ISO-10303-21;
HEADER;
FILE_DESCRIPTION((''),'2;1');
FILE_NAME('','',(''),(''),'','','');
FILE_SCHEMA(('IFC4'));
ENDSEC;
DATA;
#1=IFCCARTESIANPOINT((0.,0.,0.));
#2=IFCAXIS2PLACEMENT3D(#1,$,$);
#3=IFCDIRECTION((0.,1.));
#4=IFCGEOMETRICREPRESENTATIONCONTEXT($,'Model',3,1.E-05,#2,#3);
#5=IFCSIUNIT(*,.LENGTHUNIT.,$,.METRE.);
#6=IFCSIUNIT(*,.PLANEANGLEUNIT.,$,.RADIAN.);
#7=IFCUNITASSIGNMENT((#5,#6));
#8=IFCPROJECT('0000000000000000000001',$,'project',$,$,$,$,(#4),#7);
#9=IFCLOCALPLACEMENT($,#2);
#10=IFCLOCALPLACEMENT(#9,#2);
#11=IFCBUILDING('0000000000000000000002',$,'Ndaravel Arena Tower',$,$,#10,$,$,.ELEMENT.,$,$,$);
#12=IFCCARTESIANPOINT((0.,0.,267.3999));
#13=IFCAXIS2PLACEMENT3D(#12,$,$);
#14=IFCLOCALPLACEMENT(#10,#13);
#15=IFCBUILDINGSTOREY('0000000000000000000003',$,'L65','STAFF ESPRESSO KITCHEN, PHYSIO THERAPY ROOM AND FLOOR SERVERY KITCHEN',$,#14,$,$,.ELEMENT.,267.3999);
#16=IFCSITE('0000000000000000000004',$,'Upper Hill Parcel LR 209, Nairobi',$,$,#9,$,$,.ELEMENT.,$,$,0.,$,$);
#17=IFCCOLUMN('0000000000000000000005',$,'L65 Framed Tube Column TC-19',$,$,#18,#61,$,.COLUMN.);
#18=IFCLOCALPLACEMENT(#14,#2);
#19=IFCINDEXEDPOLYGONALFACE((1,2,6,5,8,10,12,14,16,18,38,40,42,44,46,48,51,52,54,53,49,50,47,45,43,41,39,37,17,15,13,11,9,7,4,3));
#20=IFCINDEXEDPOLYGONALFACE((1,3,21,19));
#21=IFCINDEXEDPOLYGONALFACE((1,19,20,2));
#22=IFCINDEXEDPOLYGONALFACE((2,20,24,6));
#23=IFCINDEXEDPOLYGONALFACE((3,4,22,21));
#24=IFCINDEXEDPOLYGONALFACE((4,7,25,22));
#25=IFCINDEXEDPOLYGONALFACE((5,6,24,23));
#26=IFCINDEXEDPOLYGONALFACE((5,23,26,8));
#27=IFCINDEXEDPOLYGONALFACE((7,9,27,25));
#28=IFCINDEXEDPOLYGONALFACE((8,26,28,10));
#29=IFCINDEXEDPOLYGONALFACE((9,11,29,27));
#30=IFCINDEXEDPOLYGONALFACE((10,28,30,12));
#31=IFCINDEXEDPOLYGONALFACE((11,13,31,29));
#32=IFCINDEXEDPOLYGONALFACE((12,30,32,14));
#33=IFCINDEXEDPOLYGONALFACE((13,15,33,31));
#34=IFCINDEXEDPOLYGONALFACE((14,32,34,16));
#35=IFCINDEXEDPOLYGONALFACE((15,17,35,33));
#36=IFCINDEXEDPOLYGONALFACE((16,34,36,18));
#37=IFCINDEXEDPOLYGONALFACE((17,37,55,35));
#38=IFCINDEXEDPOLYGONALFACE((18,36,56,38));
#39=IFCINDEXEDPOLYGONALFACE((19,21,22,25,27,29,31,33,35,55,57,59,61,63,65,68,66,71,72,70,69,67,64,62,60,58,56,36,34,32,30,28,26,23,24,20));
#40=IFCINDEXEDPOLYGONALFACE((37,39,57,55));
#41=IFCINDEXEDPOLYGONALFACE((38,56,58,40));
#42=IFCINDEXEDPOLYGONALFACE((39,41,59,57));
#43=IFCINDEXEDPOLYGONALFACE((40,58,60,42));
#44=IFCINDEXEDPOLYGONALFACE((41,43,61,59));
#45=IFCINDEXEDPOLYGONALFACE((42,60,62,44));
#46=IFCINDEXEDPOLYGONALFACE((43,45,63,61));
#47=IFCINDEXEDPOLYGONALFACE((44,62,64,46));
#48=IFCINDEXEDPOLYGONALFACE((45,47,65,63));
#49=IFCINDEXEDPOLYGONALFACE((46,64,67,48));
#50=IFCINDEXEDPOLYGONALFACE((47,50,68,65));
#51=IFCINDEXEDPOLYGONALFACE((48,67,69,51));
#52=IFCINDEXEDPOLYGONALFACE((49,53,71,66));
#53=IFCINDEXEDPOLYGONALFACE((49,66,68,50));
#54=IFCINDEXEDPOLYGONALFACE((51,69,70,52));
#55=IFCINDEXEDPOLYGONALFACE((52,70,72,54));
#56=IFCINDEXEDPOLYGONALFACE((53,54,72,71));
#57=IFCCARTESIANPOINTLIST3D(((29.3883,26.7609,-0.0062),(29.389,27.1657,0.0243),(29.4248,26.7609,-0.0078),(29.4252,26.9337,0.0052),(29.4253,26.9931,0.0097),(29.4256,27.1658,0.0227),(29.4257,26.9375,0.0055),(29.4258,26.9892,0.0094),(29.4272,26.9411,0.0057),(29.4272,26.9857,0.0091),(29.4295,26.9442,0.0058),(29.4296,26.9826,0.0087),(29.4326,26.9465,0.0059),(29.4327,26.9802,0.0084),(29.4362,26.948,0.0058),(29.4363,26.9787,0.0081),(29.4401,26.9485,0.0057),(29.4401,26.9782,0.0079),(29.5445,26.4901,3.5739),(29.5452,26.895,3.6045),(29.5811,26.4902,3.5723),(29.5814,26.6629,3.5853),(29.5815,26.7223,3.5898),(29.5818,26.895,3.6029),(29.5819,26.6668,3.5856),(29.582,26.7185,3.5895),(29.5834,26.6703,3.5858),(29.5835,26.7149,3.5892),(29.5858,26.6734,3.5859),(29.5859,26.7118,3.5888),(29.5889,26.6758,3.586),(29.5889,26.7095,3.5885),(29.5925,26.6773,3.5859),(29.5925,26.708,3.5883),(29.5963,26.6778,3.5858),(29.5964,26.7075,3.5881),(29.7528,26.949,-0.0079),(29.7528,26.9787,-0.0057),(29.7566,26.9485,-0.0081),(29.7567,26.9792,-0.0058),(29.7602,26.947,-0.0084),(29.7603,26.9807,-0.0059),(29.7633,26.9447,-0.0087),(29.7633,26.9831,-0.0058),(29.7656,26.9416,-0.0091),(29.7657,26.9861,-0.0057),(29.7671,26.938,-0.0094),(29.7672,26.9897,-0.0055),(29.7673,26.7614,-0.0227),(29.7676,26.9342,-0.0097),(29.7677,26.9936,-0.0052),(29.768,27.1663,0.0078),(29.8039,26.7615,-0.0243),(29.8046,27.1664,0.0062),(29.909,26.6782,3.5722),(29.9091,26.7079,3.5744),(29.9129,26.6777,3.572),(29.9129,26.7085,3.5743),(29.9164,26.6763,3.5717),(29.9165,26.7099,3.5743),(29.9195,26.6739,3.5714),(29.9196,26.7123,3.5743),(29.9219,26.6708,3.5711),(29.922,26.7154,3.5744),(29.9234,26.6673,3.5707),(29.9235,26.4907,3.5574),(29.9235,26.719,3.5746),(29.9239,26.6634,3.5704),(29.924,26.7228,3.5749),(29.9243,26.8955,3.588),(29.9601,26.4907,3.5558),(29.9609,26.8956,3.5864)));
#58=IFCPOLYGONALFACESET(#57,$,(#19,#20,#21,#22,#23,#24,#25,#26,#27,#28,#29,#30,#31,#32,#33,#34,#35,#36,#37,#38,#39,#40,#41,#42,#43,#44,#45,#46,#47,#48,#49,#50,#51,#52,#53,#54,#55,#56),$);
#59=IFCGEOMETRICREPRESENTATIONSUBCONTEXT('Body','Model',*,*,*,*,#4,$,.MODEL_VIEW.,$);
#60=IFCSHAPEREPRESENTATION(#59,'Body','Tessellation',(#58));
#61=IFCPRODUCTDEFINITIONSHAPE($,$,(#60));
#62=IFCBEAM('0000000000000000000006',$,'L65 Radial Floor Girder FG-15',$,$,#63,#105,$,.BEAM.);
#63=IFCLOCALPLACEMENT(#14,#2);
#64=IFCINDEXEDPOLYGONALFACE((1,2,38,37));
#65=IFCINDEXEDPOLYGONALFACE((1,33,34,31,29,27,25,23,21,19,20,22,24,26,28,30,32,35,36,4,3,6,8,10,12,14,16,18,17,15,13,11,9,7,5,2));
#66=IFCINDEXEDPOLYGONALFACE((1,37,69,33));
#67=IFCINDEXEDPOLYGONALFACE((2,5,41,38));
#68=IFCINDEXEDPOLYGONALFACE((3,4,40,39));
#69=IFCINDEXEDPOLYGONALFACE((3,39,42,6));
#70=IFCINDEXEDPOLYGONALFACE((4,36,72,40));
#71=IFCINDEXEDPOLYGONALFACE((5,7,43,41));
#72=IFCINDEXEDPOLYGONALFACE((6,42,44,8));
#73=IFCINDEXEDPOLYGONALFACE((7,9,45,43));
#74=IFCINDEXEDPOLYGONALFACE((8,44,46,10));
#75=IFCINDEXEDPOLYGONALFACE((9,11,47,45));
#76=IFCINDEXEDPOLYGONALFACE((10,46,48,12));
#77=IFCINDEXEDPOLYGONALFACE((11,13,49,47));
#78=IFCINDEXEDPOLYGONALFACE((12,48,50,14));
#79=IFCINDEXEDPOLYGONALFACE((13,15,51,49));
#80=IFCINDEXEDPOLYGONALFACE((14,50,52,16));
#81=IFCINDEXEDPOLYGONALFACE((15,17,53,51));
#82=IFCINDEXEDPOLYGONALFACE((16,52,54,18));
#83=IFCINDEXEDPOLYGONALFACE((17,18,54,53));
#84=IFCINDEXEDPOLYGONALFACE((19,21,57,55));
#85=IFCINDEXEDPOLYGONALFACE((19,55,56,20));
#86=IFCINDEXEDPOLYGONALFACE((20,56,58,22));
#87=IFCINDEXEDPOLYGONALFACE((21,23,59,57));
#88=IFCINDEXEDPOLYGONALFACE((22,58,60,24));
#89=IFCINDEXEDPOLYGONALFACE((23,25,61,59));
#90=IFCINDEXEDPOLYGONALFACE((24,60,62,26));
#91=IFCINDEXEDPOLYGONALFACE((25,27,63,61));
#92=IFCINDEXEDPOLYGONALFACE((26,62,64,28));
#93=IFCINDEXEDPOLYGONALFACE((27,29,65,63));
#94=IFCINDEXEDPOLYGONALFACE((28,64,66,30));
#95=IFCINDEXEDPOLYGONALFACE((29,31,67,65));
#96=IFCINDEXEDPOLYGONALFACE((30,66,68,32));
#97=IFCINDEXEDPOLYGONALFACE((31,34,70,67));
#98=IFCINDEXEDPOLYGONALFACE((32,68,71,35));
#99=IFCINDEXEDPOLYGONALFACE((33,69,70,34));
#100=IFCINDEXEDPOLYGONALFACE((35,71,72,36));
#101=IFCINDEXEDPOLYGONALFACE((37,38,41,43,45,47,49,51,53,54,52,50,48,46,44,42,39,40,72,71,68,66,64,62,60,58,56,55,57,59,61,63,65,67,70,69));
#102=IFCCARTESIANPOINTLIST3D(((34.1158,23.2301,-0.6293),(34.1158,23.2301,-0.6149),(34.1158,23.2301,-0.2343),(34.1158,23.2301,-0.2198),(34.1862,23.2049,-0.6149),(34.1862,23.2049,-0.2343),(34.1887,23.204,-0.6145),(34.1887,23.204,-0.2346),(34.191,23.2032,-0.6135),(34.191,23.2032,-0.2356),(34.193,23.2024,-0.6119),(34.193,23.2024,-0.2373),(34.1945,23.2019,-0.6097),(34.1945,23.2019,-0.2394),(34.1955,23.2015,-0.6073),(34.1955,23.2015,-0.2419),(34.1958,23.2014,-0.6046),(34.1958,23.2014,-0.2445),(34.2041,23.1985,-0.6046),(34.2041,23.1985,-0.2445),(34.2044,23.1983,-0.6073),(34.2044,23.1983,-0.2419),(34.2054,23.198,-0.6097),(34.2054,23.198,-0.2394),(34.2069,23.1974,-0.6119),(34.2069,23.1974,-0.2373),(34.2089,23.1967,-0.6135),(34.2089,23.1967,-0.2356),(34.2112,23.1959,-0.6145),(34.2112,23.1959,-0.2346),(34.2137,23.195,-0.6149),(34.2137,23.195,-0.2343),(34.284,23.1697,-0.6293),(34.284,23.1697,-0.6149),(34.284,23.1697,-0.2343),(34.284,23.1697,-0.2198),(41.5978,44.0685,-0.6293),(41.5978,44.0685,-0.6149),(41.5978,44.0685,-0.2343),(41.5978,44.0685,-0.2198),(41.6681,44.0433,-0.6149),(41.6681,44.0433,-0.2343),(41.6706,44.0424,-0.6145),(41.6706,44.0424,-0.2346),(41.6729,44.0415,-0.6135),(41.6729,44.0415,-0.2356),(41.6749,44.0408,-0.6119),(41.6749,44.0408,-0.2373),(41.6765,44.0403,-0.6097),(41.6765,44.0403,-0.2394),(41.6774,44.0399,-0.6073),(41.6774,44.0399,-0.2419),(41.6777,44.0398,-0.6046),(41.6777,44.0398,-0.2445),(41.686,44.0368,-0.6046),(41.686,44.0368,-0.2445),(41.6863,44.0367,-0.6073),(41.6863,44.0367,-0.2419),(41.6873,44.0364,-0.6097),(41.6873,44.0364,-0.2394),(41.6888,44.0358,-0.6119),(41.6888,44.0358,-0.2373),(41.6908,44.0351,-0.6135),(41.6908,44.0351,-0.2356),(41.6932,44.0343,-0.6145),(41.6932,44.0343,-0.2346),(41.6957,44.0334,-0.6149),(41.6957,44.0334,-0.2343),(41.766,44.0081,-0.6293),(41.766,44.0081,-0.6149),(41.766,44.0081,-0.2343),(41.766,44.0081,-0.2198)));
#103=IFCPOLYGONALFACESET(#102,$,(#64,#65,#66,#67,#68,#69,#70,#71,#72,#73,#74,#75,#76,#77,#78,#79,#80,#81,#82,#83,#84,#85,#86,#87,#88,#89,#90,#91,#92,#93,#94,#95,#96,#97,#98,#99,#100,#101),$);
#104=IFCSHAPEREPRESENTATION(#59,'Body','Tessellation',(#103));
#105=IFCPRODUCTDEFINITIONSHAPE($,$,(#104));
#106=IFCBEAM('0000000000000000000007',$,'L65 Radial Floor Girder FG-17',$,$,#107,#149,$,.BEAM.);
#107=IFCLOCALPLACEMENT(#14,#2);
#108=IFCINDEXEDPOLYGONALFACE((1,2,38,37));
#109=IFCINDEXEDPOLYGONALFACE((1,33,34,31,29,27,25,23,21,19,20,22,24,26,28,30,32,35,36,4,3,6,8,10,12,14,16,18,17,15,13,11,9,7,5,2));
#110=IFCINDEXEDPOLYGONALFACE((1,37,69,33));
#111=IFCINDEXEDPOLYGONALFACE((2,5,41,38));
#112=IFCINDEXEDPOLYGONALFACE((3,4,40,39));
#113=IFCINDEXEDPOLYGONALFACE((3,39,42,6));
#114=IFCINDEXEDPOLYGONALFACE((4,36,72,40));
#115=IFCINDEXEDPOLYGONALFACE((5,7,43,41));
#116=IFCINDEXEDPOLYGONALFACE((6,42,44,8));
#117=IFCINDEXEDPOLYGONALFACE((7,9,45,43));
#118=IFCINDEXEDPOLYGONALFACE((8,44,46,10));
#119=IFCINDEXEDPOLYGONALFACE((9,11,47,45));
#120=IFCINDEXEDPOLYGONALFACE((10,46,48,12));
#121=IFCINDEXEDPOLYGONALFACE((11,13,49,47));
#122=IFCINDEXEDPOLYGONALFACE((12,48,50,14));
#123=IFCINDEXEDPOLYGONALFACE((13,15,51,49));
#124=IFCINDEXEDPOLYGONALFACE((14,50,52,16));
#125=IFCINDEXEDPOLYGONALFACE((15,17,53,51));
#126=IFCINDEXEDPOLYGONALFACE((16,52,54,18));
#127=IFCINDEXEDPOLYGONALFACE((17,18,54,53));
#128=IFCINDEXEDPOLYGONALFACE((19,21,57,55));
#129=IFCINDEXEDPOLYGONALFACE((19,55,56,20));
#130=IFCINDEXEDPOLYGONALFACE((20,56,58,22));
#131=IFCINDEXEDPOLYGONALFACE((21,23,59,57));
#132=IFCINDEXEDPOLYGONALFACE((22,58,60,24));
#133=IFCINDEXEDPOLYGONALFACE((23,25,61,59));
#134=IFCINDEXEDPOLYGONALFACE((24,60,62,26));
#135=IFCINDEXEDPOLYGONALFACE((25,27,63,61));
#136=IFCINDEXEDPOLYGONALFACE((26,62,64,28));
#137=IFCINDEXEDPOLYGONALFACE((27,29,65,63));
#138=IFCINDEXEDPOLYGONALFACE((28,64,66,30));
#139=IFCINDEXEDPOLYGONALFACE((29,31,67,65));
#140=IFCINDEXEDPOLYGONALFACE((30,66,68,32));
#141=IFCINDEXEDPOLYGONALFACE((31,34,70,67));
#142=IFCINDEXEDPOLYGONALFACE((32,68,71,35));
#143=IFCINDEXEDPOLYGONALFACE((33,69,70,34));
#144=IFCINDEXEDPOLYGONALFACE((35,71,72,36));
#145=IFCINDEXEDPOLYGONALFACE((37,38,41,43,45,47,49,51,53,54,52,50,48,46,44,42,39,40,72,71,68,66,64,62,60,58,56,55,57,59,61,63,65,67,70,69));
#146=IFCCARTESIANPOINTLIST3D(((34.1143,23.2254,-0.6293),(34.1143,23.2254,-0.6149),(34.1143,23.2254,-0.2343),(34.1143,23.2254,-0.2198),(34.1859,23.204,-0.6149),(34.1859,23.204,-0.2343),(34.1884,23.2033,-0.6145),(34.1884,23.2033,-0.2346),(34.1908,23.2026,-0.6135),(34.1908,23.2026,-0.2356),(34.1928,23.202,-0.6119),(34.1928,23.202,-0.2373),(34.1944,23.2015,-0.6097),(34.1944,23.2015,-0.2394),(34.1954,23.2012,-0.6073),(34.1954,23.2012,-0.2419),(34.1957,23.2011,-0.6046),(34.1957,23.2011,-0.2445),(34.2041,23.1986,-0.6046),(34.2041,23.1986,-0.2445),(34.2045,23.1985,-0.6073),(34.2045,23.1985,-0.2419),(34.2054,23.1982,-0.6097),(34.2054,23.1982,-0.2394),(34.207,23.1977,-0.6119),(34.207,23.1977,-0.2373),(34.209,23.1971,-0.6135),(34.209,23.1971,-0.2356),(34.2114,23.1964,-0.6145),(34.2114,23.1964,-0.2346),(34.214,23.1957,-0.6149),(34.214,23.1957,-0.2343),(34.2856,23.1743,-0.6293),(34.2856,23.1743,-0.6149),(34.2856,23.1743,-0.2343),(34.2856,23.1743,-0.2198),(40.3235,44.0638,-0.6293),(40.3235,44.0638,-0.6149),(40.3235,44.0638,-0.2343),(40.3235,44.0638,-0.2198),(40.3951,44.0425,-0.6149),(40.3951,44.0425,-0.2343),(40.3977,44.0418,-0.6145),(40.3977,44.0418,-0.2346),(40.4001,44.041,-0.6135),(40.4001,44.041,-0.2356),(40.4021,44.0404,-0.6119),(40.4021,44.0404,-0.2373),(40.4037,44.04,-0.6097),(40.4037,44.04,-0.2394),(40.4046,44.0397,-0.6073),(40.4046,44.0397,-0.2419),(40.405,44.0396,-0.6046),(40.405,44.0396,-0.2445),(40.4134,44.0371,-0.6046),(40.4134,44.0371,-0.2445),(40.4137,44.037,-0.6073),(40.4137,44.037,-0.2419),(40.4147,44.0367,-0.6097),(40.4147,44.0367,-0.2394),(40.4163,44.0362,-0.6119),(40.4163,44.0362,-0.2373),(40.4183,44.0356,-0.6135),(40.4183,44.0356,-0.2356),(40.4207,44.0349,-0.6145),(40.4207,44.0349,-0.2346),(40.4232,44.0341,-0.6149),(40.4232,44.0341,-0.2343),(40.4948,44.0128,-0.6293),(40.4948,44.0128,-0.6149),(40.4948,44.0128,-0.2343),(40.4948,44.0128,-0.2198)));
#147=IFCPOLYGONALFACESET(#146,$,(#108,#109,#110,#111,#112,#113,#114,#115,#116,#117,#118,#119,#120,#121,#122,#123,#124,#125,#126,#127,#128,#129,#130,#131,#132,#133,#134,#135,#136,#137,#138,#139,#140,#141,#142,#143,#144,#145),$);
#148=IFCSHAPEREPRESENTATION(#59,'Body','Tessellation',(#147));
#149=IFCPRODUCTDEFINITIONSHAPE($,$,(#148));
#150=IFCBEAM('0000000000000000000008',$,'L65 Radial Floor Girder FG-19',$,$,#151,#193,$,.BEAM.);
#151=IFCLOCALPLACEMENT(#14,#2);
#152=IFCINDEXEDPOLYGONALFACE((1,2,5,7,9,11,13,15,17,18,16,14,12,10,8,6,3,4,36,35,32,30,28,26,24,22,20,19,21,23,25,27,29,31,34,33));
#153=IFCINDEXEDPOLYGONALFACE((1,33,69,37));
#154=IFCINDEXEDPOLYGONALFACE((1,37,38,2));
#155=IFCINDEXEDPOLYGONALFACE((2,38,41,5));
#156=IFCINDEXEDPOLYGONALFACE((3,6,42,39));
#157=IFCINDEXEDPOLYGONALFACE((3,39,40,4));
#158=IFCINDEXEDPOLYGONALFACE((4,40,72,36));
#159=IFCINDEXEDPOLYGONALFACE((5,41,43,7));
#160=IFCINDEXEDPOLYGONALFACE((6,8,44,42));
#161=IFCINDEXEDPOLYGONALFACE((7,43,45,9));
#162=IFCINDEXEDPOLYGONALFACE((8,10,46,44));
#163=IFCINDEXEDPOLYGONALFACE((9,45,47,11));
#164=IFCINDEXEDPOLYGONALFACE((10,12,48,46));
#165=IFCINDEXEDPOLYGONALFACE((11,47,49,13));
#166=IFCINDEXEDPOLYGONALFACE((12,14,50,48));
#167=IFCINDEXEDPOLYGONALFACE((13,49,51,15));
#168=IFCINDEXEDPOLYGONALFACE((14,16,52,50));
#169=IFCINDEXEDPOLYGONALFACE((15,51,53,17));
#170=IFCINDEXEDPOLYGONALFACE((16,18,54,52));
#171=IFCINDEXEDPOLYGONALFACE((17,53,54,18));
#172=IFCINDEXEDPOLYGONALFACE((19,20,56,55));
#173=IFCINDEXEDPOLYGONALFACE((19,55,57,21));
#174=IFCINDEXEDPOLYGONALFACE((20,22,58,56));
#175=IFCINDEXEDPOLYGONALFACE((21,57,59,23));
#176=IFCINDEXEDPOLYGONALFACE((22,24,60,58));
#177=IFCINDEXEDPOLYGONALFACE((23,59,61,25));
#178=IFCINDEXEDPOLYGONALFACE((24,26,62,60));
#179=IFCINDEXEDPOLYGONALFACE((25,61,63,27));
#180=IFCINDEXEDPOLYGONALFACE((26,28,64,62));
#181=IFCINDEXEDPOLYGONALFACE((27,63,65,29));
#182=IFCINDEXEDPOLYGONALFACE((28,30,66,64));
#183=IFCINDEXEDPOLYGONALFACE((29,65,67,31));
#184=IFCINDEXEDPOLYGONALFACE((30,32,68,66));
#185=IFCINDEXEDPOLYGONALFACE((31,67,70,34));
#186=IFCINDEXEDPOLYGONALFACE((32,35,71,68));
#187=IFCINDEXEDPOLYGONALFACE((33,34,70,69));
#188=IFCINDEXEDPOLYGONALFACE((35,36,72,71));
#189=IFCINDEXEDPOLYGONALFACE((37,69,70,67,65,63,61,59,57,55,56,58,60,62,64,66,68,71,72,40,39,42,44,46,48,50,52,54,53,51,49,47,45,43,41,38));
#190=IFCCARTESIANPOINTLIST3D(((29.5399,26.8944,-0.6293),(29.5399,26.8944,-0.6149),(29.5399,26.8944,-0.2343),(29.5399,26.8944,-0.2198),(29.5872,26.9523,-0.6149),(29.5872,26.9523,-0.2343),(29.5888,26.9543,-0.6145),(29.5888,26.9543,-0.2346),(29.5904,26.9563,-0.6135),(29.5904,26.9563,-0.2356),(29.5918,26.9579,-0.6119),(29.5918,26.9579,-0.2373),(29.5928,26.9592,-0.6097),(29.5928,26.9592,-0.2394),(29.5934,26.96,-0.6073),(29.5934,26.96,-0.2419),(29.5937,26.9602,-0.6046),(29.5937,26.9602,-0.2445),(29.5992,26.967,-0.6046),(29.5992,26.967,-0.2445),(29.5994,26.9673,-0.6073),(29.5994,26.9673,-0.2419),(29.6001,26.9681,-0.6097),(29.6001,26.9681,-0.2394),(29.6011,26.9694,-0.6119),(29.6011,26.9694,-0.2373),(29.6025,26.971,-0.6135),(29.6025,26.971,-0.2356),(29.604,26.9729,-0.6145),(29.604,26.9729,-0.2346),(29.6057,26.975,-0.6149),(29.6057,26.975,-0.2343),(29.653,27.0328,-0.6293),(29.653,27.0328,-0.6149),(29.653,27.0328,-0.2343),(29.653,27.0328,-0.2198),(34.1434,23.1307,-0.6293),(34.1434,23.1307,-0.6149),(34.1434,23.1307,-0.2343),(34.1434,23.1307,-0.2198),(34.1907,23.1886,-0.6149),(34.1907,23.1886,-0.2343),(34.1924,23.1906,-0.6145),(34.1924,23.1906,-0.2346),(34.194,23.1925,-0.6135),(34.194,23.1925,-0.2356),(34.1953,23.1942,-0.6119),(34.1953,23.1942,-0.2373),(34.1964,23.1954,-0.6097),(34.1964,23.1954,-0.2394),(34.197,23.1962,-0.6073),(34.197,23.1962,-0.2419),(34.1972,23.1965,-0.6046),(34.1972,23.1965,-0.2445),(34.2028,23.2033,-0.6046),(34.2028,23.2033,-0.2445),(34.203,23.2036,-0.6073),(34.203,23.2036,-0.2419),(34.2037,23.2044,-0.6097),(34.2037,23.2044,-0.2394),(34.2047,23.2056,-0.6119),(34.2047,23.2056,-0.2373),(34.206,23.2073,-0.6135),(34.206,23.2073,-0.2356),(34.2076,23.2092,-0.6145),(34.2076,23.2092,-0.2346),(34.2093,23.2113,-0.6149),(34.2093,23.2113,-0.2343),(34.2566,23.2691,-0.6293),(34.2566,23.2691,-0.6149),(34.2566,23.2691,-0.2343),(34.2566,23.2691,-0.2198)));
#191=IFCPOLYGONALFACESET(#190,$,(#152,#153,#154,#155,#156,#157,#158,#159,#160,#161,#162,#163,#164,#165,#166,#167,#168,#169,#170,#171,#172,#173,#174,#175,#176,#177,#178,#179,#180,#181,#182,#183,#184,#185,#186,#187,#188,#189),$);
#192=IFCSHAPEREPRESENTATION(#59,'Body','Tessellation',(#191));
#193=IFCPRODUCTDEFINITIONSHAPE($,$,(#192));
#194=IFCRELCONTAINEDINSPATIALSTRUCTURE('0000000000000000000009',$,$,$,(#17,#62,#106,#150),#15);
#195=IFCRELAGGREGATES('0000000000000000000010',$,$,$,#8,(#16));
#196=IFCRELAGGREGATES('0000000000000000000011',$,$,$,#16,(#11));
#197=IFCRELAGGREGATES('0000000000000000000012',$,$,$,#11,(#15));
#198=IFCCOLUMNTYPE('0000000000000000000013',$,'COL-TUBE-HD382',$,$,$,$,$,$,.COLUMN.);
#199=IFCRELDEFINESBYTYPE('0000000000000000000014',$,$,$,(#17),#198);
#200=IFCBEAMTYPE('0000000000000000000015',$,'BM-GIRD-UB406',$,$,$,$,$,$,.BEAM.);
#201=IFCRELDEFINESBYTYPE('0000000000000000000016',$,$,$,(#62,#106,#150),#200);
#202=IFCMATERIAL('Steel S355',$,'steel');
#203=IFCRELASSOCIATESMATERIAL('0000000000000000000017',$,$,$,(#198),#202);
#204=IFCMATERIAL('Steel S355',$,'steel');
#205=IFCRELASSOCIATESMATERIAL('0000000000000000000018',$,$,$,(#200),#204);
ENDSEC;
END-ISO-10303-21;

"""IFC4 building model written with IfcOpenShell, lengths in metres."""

from ifc_helpers import new_model, si_unit, direction, frame, origin, origin_2d, place, context, subcontext, project, spatial, i_section, extrude, material, material_profile, profile_set, type_object, element, save


model = new_model("IFC4")

# Units and contexts
model_context = context("Model", 3, precision=1e-05, world=origin(), true_north=direction((0.0, 1.0)))
body_context = subcontext(model_context, "Body", "Model", "MODEL_VIEW")
ifc_project = project(units=[si_unit("LENGTHUNIT", "METRE"), si_unit("PLANEANGLEUNIT", "RADIAN")], contexts=[model_context])

# Site, building, storey
site_placement = place(None, origin())
site = spatial("IfcSite", under=ifc_project, at=site_placement, Name="Upper Hill Parcel LR 209, Nairobi", CompositionType="ELEMENT", RefElevation=0.0)
building_placement = place(site_placement, origin())
building = spatial("IfcBuilding", under=site, at=building_placement, Name="Ndaravel Arena Tower", CompositionType="ELEMENT")
storey_placement = place(building_placement, frame((0.0, 0.0, 267.3999)))
storey = spatial("IfcBuildingStorey", under=building, at=storey_placement, Name="L65", Description="STAFF ESPRESSO KITCHEN, PHYSIO THERAPY ROOM AND FLOOR SERVERY KITCHEN", CompositionType="ELEMENT", Elevation=267.3999)

# Column
ifc_material_1 = material(Name="Steel S355", Category="steel")
ifc_material_profile_1 = material_profile(ifc_material_1, i_section(OverallWidth=0.406, OverallDepth=0.416, WebThickness=0.0298, FlangeThickness=0.0366, FilletRadius=0.0149, at=origin_2d()), Name="HD 400x382")
ifc_profile_set_1 = profile_set([ifc_material_profile_1], Name="Steel S355")
column_type = type_object("IfcColumnType", Name="COL-TUBE-HD382", PredefinedType="COLUMN", material=ifc_profile_set_1)
column_1_placement = place(storey_placement, frame((29.5964, 26.9636, 0.0), z_axis=(0.043479, -0.075341, 0.996209), x_axis=(0.001831, 0.997157, 0.075332)))
element("IfcColumn", 1, at=column_1_placement, inside=storey, type_object=column_type, Name="L65 Framed Tube Column TC-19", PredefinedType="COLUMN", context=body_context, shape_type="SweptSolid", body=[
    extrude(i_section(OverallWidth=0.406, OverallDepth=0.416, WebThickness=0.0298, FlangeThickness=0.0366, FilletRadius=0.0149, at=origin_2d()), origin(), (0.0, 0.0, 1.0), 3.5938),
])

# Beams
ifc_material_2 = material(Name="Steel S355", Category="steel")
ifc_material_profile_2 = material_profile(ifc_material_2, i_section(OverallWidth=0.1787, OverallDepth=0.4094, WebThickness=0.0088, FlangeThickness=0.0144, FilletRadius=0.0103, at=origin_2d()), Name="UB 406x178x67")
ifc_profile_set_2 = profile_set([ifc_material_profile_2], Name="Steel S355")
beam_type_1 = type_object("IfcBeamType", Name="BM-GIRD-UB406", PredefinedType="BEAM", material=ifc_profile_set_2)
beam_1_placement = place(storey_placement, frame((41.6819, 44.0383, -0.4246), z_axis=(-0.337924, -0.941173, 0.0), x_axis=(0.941173, -0.337924, 0.0)))
element("IfcBeam", 2, at=beam_1_placement, inside=storey, type_object=beam_type_1, Name="L65 Radial Floor Girder FG-15", PredefinedType="BEAM", context=body_context, shape_type="SweptSolid", body=[
    extrude(i_section(OverallWidth=0.1787, OverallDepth=0.4094, WebThickness=0.0088, FlangeThickness=0.0144, FilletRadius=0.0103, at=origin_2d()), origin(), (0.0, 0.0, 1.0), 22.1409),
])
beam_2_placement = place(storey_placement, frame((40.4092, 44.0383, -0.4246), z_axis=(-0.285563, -0.95836, 0.0), x_axis=(0.95836, -0.285563, 0.0)))
element("IfcBeam", 3, at=beam_2_placement, inside=storey, type_object=beam_type_1, Name="L65 Radial Floor Girder FG-17", PredefinedType="BEAM", context=body_context, shape_type="SweptSolid", body=[
    extrude(i_section(OverallWidth=0.1787, OverallDepth=0.4094, WebThickness=0.0088, FlangeThickness=0.0144, FilletRadius=0.0103, at=origin_2d()), origin(), (0.0, 0.0, 1.0), 21.7439),
])
beam_3_placement = place(storey_placement, frame((29.5964, 26.9636, -0.4246), z_axis=(0.774191, -0.632952, 0.0), x_axis=(0.632952, 0.774191, 0.0)))
element("IfcBeam", 4, at=beam_3_placement, inside=storey, type_object=beam_type_1, Name="L65 Radial Floor Girder FG-19", PredefinedType="BEAM", context=body_context, shape_type="SweptSolid", body=[
    extrude(i_section(OverallWidth=0.1787, OverallDepth=0.4094, WebThickness=0.0088, FlangeThickness=0.0144, FilletRadius=0.0103, at=origin_2d()), origin(), (0.0, 0.0, 1.0), 5.9463),
])

save(model, "model.ifc")
